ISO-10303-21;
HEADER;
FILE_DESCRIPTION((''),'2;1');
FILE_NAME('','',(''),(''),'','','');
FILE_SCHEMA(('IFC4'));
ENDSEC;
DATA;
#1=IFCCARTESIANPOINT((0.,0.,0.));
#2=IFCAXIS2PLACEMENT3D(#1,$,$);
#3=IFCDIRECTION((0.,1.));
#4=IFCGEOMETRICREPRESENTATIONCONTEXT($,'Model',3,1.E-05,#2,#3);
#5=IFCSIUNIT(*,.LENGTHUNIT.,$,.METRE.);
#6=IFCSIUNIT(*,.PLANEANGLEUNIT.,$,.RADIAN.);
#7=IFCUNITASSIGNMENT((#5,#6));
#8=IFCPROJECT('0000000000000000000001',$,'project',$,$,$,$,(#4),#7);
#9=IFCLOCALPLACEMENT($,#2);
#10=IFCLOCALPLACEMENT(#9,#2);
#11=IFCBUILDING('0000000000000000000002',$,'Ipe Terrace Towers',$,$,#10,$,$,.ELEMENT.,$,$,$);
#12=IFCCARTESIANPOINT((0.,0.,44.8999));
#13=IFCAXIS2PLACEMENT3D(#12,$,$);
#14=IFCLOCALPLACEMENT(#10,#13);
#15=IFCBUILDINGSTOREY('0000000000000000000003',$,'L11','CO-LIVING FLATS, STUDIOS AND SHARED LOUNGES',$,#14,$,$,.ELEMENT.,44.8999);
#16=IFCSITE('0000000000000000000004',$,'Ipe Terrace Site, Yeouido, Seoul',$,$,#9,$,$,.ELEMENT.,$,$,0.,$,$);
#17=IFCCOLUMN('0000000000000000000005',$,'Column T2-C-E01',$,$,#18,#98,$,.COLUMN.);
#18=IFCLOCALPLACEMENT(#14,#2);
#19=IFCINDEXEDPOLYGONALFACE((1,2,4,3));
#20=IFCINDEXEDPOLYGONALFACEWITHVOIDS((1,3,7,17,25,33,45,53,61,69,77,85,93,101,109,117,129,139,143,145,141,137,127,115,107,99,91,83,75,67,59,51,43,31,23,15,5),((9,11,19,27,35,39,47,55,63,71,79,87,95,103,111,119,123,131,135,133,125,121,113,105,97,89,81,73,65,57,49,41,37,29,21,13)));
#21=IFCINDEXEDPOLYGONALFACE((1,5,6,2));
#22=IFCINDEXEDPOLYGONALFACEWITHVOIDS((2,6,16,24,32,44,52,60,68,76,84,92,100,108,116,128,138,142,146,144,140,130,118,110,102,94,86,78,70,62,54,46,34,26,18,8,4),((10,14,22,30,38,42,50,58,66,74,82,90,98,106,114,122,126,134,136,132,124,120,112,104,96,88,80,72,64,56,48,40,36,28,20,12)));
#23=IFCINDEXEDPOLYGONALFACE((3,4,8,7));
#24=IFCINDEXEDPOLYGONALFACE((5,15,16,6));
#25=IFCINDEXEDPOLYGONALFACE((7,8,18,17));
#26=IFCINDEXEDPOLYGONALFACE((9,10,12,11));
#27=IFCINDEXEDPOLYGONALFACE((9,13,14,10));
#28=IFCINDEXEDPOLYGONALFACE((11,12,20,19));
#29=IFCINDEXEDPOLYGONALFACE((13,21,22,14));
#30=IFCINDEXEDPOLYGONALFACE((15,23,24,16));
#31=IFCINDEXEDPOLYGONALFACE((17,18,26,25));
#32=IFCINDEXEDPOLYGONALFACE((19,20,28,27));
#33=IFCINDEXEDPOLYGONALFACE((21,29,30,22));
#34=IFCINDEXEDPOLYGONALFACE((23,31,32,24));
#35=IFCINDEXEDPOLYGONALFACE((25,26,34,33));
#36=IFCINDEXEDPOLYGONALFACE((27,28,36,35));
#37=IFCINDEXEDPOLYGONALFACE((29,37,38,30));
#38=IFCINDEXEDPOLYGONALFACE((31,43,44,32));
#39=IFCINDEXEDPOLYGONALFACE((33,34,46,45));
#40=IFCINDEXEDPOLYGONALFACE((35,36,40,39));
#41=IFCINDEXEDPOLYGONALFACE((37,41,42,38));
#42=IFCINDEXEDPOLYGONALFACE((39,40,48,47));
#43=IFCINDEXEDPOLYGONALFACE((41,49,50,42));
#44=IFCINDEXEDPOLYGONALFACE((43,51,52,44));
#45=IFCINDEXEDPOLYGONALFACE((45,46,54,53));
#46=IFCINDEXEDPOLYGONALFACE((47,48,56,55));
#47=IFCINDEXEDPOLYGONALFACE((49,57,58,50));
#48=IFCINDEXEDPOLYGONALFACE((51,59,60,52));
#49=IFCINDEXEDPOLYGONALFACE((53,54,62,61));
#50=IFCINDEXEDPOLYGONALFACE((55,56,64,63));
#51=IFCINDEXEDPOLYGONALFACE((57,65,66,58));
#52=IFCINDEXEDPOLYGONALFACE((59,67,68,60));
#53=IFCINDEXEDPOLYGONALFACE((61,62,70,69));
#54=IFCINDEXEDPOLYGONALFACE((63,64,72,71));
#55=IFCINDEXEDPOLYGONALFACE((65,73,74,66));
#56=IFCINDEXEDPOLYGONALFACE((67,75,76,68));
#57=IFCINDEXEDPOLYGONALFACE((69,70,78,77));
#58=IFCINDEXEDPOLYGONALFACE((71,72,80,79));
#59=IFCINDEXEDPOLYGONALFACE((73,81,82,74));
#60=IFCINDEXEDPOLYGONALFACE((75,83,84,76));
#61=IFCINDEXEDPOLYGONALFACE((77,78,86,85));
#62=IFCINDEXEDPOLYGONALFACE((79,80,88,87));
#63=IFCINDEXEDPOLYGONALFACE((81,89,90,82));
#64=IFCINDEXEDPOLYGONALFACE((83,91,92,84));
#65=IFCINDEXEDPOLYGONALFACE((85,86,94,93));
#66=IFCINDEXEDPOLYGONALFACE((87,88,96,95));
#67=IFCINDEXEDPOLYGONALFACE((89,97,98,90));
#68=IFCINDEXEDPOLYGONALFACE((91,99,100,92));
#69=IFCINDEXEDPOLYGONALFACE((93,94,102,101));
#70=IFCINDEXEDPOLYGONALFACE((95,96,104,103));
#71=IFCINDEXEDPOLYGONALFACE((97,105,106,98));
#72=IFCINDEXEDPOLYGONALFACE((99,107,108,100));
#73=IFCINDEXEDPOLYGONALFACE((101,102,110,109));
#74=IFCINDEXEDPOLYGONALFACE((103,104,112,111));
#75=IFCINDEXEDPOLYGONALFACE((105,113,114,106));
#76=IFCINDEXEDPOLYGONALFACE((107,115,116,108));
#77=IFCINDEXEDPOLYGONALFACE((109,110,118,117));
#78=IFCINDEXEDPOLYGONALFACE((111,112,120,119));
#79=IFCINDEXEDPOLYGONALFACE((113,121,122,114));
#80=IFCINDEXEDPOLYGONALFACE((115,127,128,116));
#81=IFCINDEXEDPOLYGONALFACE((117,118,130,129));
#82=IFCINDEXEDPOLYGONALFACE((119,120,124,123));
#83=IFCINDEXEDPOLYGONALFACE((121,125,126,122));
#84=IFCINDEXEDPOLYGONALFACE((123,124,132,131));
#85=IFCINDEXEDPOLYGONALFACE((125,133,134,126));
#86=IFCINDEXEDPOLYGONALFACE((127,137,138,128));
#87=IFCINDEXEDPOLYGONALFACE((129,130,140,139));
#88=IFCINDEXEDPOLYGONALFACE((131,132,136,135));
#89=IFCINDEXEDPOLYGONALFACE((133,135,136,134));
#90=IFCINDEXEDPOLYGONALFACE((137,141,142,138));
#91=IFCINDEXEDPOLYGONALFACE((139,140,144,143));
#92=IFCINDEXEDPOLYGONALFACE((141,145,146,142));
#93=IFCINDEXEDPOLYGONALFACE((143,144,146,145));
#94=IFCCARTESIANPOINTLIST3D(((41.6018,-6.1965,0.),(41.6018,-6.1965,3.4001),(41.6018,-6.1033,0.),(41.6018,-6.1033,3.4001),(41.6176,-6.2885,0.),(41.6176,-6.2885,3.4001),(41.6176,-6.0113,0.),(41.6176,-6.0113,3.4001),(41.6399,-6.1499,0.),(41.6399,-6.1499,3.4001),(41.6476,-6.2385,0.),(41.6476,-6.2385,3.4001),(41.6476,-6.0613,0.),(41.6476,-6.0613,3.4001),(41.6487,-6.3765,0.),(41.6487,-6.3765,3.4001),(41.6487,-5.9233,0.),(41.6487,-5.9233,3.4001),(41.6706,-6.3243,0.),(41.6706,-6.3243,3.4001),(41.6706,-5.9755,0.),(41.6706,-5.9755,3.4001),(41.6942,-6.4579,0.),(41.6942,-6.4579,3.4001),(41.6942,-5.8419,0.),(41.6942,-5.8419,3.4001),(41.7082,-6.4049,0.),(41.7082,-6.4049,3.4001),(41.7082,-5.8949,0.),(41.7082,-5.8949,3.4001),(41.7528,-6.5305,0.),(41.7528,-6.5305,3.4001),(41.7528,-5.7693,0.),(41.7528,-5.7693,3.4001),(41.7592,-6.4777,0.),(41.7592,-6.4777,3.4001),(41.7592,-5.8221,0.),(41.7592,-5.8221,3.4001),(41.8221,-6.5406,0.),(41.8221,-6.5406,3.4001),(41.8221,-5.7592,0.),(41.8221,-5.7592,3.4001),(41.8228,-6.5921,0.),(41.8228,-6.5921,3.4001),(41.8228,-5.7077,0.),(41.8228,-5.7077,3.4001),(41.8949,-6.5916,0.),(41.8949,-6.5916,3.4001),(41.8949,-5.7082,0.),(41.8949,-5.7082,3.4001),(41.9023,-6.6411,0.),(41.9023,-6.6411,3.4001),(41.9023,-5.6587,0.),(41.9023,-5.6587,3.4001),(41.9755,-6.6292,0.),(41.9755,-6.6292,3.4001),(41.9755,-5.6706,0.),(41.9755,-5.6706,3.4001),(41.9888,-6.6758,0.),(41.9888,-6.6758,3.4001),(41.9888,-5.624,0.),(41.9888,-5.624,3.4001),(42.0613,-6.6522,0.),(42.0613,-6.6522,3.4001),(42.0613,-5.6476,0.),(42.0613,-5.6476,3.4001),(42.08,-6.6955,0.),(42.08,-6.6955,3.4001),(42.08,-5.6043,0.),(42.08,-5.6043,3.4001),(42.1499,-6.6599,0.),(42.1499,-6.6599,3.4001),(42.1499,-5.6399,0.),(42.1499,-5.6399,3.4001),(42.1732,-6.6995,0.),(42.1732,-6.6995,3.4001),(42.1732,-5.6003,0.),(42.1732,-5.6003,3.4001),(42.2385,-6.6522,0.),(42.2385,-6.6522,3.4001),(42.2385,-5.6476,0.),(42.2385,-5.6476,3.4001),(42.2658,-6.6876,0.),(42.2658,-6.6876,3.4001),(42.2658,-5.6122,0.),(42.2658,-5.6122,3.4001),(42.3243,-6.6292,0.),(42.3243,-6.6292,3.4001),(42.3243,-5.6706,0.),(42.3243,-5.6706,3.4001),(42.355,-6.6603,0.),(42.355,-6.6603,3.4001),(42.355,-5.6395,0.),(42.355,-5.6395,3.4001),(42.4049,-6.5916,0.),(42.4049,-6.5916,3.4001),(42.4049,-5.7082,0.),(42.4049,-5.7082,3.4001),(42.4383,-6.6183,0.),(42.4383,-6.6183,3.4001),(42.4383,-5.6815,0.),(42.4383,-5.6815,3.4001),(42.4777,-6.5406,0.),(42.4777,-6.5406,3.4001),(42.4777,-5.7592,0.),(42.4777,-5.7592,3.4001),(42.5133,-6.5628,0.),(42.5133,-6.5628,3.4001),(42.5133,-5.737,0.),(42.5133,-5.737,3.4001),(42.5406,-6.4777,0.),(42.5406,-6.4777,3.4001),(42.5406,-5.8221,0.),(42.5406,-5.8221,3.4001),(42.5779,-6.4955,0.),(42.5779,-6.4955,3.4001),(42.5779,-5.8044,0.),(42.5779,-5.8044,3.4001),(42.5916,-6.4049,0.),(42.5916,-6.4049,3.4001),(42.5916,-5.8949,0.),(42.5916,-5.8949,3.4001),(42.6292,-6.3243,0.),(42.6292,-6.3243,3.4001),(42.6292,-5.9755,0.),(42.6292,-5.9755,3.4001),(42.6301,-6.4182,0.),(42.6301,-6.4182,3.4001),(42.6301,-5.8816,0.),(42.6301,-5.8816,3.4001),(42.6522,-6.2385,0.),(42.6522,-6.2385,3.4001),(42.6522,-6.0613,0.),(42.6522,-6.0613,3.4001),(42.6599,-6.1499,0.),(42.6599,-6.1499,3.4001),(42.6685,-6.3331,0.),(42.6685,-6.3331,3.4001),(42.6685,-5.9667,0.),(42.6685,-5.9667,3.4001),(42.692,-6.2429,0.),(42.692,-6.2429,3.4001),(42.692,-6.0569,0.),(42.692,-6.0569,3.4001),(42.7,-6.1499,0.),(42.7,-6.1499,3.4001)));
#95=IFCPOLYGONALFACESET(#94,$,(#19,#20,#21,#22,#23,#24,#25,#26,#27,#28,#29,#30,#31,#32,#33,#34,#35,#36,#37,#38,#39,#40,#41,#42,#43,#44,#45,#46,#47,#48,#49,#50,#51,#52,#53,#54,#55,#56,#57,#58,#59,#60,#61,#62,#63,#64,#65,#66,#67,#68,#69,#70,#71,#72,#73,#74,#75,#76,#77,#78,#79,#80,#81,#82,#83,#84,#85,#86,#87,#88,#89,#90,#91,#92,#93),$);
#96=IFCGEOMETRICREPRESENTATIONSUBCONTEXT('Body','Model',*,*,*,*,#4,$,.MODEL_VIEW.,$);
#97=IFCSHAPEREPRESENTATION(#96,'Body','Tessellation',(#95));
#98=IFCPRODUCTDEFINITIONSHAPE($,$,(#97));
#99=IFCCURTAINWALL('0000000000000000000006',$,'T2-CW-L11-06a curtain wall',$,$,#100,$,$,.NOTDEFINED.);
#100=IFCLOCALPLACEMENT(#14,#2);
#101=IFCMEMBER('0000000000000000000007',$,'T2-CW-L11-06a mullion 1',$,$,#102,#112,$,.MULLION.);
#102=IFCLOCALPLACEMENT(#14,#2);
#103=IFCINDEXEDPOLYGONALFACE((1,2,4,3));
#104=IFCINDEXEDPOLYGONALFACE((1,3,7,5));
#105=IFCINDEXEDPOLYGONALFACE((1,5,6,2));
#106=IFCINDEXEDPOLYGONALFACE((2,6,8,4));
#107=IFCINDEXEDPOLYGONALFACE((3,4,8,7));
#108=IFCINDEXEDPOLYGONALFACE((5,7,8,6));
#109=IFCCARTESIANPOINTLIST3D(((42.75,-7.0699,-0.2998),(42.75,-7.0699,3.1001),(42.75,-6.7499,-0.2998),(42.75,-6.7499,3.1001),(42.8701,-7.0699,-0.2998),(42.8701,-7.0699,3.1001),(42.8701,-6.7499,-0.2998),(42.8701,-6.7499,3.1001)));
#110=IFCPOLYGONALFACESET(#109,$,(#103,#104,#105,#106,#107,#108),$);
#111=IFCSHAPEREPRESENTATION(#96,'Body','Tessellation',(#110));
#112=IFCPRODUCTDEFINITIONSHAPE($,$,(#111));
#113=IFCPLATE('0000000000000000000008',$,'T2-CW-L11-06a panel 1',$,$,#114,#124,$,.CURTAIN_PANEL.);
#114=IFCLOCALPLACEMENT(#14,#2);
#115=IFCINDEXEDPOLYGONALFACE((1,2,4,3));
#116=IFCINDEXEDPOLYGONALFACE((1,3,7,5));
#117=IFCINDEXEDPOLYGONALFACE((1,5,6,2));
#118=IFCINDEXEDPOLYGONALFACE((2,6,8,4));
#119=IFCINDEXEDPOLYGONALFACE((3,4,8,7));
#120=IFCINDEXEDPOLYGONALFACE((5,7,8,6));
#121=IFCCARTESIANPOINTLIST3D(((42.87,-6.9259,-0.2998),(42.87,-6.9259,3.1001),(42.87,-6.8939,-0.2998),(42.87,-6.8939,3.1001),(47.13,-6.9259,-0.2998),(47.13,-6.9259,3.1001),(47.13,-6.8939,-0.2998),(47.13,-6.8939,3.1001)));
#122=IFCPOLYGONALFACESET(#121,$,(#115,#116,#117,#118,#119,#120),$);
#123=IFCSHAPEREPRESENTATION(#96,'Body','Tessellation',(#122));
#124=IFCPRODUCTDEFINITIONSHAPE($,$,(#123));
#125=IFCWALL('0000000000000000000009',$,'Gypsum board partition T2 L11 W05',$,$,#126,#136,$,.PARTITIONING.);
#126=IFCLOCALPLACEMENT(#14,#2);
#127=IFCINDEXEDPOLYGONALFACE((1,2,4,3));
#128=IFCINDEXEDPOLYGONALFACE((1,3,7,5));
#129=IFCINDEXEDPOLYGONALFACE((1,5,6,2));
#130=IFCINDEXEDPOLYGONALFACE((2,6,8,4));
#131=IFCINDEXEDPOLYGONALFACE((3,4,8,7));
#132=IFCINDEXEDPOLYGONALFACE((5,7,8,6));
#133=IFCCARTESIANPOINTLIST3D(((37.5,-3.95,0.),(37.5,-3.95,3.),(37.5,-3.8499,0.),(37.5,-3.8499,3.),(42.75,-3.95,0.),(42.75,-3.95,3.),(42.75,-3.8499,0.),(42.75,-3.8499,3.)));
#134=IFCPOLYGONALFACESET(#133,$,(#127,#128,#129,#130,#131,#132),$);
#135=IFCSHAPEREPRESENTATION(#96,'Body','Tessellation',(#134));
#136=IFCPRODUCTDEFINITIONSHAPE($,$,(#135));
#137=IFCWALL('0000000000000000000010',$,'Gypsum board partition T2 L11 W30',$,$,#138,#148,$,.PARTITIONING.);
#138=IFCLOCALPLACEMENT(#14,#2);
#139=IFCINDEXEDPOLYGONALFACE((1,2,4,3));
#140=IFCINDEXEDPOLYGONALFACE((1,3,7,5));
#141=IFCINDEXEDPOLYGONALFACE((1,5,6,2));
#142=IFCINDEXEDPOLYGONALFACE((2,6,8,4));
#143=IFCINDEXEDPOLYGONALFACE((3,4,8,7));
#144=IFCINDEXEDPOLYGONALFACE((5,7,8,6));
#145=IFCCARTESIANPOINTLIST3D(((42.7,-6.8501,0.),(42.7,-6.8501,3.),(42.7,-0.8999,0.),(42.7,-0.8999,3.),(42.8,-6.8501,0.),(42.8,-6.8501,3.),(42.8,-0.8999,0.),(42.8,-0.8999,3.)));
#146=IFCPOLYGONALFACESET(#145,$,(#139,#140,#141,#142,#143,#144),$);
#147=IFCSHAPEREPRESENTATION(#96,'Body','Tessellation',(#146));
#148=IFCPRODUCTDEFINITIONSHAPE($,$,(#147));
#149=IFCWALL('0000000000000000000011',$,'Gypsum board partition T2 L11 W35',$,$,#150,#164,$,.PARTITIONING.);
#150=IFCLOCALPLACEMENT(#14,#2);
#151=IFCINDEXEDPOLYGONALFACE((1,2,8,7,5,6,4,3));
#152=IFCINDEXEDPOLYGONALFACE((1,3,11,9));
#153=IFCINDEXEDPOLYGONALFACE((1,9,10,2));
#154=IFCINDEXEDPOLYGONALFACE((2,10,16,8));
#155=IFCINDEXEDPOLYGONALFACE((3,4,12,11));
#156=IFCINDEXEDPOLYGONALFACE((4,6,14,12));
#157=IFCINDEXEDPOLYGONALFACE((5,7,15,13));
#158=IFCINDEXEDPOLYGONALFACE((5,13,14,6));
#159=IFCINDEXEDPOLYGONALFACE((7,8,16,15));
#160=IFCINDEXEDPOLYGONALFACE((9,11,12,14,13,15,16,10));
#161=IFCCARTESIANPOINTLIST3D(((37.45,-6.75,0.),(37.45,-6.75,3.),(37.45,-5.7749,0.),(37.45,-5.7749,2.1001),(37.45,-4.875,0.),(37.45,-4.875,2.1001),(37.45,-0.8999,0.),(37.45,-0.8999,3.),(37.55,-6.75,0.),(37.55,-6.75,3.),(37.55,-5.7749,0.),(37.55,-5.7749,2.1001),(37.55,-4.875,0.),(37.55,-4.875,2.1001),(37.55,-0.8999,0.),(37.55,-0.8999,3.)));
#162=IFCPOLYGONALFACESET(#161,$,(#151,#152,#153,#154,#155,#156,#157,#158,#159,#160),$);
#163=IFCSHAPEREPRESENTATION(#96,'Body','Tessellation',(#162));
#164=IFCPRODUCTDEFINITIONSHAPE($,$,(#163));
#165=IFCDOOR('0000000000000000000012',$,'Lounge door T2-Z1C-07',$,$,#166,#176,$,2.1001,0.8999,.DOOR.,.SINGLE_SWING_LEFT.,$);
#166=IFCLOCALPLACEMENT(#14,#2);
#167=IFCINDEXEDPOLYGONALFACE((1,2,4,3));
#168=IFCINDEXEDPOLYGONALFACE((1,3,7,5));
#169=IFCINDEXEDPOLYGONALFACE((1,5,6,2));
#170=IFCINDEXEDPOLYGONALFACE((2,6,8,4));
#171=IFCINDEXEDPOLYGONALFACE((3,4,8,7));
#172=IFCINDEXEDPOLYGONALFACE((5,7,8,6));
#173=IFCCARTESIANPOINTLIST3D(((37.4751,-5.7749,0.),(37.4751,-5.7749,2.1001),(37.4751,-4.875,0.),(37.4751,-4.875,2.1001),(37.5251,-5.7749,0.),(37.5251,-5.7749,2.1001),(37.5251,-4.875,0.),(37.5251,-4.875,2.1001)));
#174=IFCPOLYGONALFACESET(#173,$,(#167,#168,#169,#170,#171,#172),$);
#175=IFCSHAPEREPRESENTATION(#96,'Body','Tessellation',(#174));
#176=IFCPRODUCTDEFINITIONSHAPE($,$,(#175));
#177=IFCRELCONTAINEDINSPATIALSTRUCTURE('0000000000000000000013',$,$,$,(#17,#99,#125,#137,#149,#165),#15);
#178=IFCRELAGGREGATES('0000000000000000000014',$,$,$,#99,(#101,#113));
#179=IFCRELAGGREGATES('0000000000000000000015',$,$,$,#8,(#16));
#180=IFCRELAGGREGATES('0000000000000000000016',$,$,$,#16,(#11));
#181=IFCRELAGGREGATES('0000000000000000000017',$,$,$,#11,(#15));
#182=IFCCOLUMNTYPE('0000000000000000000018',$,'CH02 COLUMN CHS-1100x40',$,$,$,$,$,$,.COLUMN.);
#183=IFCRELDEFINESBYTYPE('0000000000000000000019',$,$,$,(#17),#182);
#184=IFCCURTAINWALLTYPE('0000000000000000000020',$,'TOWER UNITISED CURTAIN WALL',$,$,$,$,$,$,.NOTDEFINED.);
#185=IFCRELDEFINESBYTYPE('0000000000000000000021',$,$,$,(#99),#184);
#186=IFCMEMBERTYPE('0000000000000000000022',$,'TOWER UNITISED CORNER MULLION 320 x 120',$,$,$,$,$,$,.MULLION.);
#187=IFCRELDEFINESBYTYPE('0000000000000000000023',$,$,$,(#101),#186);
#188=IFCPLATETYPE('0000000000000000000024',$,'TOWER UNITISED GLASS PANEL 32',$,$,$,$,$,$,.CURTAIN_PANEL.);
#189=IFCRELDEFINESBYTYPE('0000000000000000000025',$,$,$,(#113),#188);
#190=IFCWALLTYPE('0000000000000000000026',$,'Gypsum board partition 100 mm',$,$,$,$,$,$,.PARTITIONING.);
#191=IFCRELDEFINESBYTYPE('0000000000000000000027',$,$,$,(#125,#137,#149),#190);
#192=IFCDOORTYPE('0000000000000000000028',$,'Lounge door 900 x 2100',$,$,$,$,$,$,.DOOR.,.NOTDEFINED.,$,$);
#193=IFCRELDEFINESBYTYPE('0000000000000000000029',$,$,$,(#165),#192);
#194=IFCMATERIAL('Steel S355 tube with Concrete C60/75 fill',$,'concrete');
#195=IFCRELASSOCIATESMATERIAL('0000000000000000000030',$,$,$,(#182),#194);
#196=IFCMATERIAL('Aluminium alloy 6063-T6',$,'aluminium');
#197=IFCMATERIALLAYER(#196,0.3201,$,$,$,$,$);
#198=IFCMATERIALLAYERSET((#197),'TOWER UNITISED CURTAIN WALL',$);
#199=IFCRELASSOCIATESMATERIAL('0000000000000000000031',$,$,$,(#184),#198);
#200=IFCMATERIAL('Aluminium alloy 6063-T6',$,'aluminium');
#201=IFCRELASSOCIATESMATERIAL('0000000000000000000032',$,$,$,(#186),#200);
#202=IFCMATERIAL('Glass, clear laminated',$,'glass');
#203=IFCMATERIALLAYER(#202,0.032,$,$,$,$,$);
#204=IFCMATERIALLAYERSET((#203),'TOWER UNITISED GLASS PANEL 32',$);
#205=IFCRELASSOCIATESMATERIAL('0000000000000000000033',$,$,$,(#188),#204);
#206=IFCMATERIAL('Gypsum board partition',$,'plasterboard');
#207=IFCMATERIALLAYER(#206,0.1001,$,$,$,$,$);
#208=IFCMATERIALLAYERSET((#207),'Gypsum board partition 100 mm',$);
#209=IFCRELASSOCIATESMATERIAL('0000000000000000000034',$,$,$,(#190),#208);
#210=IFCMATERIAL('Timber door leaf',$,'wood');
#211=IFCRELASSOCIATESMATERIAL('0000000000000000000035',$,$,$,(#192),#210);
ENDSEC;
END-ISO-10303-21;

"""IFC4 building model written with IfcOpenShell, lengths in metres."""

from ifc_helpers import new_model, si_unit, direction, frame, frame_2d, origin, origin_2d, place, context, subcontext, project, spatial, rectangle, hollow_circle, extrude, material, layer, layer_set, material_profile, profile_set, type_object, element, fill, aggregate, save


model = new_model("IFC4")

# Units and contexts
model_context = context("Model", 3, precision=1e-05, world=origin(), true_north=direction((0.0, 1.0)))
body_context = subcontext(model_context, "Body", "Model", "MODEL_VIEW")
ifc_project = project(units=[si_unit("LENGTHUNIT", "METRE"), si_unit("PLANEANGLEUNIT", "RADIAN")], contexts=[model_context])

# Site, building, storey
site_placement = place(None, origin())
site = spatial("IfcSite", under=ifc_project, at=site_placement, Name="Ipe Terrace Site, Yeouido, Seoul", CompositionType="ELEMENT", RefElevation=0.0)
building_placement = place(site_placement, origin())
building = spatial("IfcBuilding", under=site, at=building_placement, Name="Ipe Terrace Towers", CompositionType="ELEMENT")
storey_placement = place(building_placement, frame((0.0, 0.0, 44.8999)))
storey = spatial("IfcBuildingStorey", under=building, at=storey_placement, Name="L11", Description="CO-LIVING FLATS, STUDIOS AND SHARED LOUNGES", CompositionType="ELEMENT", Elevation=44.8999)

# Column
ifc_material_1 = material(Name="Steel S355 tube with Concrete C60/75 fill", Category="concrete")
ifc_material_profile_1 = material_profile(ifc_material_1, hollow_circle(Radius=0.55, WallThickness=0.04, at=origin_2d()), Name="CHS-1100x40")
ifc_profile_set_1 = profile_set([ifc_material_profile_1], Name="Steel S355 tube with Concrete C60/75 fill")
column_type = type_object("IfcColumnType", Name="CH02 COLUMN CHS-1100x40", PredefinedType="COLUMN", material=ifc_profile_set_1)
column_placement = place(storey_placement, frame((42.1499, -6.1499, 0.0), z_axis=(0.0, 0.0, 1.0), x_axis=(1.0, 0.0, 0.0)))
element("IfcColumn", 1, at=column_placement, inside=storey, type_object=column_type, Name="Column T2-C-E01", PredefinedType="COLUMN", context=body_context, shape_type="SweptSolid", body=[
    extrude(hollow_circle(Radius=0.55, WallThickness=0.04, at=origin_2d()), origin(), (0.0, 0.0, 1.0), 3.4001),
])

# Curtain wall, member, plate
ifc_material_2 = material(Name="Aluminium alloy 6063-T6", Category="aluminium")
ifc_layer_1 = layer(ifc_material_2, 0.3201)
ifc_layer_set_1 = layer_set([ifc_layer_1], Name="TOWER UNITISED CURTAIN WALL")
curtain_wall_type = type_object("IfcCurtainWallType", Name="TOWER UNITISED CURTAIN WALL", PredefinedType="NOTDEFINED", material=ifc_layer_set_1)
curtain_wall_placement = place(storey_placement, origin())
curtain_wall = element("IfcCurtainWall", 2, at=curtain_wall_placement, inside=storey, type_object=curtain_wall_type, Name="T2-CW-L11-06a curtain wall", PredefinedType="NOTDEFINED")
ifc_material_3 = material(Name="Aluminium alloy 6063-T6", Category="aluminium")
ifc_material_profile_2 = material_profile(ifc_material_3, rectangle(XDim=0.3201, YDim=0.1201, at=origin_2d()), Name="TOWER UNITISED CORNER MULLION 320 x 120")
ifc_profile_set_2 = profile_set([ifc_material_profile_2], Name="Aluminium alloy 6063-T6")
member_type = type_object("IfcMemberType", Name="TOWER UNITISED CORNER MULLION 320 x 120", PredefinedType="MULLION", material=ifc_profile_set_2)
member_placement = place(storey_placement, frame((42.8101, -6.9099, -0.2998), z_axis=(0.0, 0.0, 1.0), x_axis=(0.0, -1.0, 0.0)))
member = element("IfcMember", 3, at=member_placement, type_object=member_type, Name="T2-CW-L11-06a mullion 1", PredefinedType="MULLION", context=body_context, shape_type="SweptSolid", body=[
    extrude(rectangle(XDim=0.3201, YDim=0.1201, at=origin_2d()), origin(), (0.0, 0.0, 1.0), 3.3999),
])
ifc_material_4 = material(Name="Glass, clear laminated", Category="glass")
ifc_layer_2 = layer(ifc_material_4, 0.032)
ifc_layer_set_2 = layer_set([ifc_layer_2], Name="TOWER UNITISED GLASS PANEL 32")
plate_type = type_object("IfcPlateType", Name="TOWER UNITISED GLASS PANEL 32", PredefinedType="CURTAIN_PANEL", material=ifc_layer_set_2)
plate_placement = place(storey_placement, frame((45.0, -6.9099, -0.2998), z_axis=(0.0, 0.0, 1.0), x_axis=(1.0, 0.0, 0.0)))
plate = element("IfcPlate", 4, at=plate_placement, type_object=plate_type, Name="T2-CW-L11-06a panel 1", PredefinedType="CURTAIN_PANEL", context=body_context, shape_type="SweptSolid", body=[
    extrude(rectangle(XDim=4.26, YDim=0.032, at=origin_2d()), origin(), (0.0, 0.0, 1.0), 3.3999),
])
aggregate(curtain_wall, [member, plate])

# Walls
ifc_material_5 = material(Name="Gypsum board partition", Category="plasterboard")
ifc_layer_3 = layer(ifc_material_5, 0.1001)
ifc_layer_set_3 = layer_set([ifc_layer_3], Name="Gypsum board partition 100 mm")
wall_type_1 = type_object("IfcWallType", Name="Gypsum board partition 100 mm", PredefinedType="PARTITIONING", material=ifc_layer_set_3)
wall_1_placement = place(storey_placement, frame((42.75, -3.8999, 0.0), z_axis=(0.0, 0.0, 1.0), x_axis=(-1.0, 0.0, 0.0)))
element("IfcWall", 5, at=wall_1_placement, inside=storey, type_object=wall_type_1, Name="Gypsum board partition T2 L11 W05", PredefinedType="PARTITIONING", context=body_context, shape_type="SweptSolid", body=[
    extrude(rectangle(XDim=5.25, YDim=0.1001, at=frame_2d((2.625, 0.0))), origin(), (0.0, 0.0, 1.0), 3.0),
])
wall_2_placement = place(storey_placement, frame((42.75, -6.8501, 0.0), z_axis=(0.0, 0.0, 1.0), x_axis=(0.0, 1.0, 0.0)))
element("IfcWall", 6, at=wall_2_placement, inside=storey, type_object=wall_type_1, Name="Gypsum board partition T2 L11 W30", PredefinedType="PARTITIONING", context=body_context, shape_type="SweptSolid", body=[
    extrude(rectangle(XDim=5.9502, YDim=0.1001, at=frame_2d((2.9751, 0.0))), origin(), (0.0, 0.0, 1.0), 3.0),
])

# Wall, opening, door
wall_3_placement = place(storey_placement, frame((37.5, -6.75, 0.0), z_axis=(0.0, 0.0, 1.0), x_axis=(0.0, 1.0, 0.0)))
wall_3 = element("IfcWall", 7, at=wall_3_placement, inside=storey, type_object=wall_type_1, Name="Gypsum board partition T2 L11 W35", PredefinedType="PARTITIONING", context=body_context, shape_type="SweptSolid", body=[
    extrude(rectangle(XDim=5.8501, YDim=0.1001, at=frame_2d((2.925, 0.0))), origin(), (0.0, 0.0, 1.0), 3.0),
])
opening_1_placement = place(wall_3_placement, frame((0.9751, 0.0, 0.0)))
opening_1 = element("IfcOpeningElement", 8, at=opening_1_placement, cuts=wall_3, PredefinedType="OPENING", context=body_context, shape_type="SweptSolid", body=[
    extrude(rectangle(XDim=0.8999, YDim=2.1001, at=frame_2d((0.45, 1.05))), frame((0.0, 0.0601, 0.0), z_axis=(0.0, -1.0, 0.0), x_axis=(1.0, 0.0, 0.0)), (0.0, 0.0, 1.0), 0.1201),
])
ifc_material_6 = material(Name="Timber door leaf", Category="wood")
door_type_1 = type_object("IfcDoorType", Name="Lounge door 900 x 2100", OperationType="NOTDEFINED", PredefinedType="DOOR", material=ifc_material_6)
door_1_placement = place(opening_1_placement, origin())
door_1 = element("IfcDoor", 9, at=door_1_placement, inside=storey, type_object=door_type_1, Name="Lounge door T2-Z1C-07", OperationType="SINGLE_SWING_LEFT", OverallHeight=2.1001, OverallWidth=0.8999, PredefinedType="DOOR", context=body_context, shape_type="SweptSolid", body=[
    extrude(rectangle(XDim=0.8999, YDim=2.1001, at=frame_2d((0.45, 1.05))), frame((0.0, 0.0249, 0.0), z_axis=(0.0, -1.0, 0.0), x_axis=(1.0, 0.0, 0.0)), (0.0, 0.0, 1.0), 0.05),
])
fill(opening_1, door_1)

save(model, "model.ifc")
